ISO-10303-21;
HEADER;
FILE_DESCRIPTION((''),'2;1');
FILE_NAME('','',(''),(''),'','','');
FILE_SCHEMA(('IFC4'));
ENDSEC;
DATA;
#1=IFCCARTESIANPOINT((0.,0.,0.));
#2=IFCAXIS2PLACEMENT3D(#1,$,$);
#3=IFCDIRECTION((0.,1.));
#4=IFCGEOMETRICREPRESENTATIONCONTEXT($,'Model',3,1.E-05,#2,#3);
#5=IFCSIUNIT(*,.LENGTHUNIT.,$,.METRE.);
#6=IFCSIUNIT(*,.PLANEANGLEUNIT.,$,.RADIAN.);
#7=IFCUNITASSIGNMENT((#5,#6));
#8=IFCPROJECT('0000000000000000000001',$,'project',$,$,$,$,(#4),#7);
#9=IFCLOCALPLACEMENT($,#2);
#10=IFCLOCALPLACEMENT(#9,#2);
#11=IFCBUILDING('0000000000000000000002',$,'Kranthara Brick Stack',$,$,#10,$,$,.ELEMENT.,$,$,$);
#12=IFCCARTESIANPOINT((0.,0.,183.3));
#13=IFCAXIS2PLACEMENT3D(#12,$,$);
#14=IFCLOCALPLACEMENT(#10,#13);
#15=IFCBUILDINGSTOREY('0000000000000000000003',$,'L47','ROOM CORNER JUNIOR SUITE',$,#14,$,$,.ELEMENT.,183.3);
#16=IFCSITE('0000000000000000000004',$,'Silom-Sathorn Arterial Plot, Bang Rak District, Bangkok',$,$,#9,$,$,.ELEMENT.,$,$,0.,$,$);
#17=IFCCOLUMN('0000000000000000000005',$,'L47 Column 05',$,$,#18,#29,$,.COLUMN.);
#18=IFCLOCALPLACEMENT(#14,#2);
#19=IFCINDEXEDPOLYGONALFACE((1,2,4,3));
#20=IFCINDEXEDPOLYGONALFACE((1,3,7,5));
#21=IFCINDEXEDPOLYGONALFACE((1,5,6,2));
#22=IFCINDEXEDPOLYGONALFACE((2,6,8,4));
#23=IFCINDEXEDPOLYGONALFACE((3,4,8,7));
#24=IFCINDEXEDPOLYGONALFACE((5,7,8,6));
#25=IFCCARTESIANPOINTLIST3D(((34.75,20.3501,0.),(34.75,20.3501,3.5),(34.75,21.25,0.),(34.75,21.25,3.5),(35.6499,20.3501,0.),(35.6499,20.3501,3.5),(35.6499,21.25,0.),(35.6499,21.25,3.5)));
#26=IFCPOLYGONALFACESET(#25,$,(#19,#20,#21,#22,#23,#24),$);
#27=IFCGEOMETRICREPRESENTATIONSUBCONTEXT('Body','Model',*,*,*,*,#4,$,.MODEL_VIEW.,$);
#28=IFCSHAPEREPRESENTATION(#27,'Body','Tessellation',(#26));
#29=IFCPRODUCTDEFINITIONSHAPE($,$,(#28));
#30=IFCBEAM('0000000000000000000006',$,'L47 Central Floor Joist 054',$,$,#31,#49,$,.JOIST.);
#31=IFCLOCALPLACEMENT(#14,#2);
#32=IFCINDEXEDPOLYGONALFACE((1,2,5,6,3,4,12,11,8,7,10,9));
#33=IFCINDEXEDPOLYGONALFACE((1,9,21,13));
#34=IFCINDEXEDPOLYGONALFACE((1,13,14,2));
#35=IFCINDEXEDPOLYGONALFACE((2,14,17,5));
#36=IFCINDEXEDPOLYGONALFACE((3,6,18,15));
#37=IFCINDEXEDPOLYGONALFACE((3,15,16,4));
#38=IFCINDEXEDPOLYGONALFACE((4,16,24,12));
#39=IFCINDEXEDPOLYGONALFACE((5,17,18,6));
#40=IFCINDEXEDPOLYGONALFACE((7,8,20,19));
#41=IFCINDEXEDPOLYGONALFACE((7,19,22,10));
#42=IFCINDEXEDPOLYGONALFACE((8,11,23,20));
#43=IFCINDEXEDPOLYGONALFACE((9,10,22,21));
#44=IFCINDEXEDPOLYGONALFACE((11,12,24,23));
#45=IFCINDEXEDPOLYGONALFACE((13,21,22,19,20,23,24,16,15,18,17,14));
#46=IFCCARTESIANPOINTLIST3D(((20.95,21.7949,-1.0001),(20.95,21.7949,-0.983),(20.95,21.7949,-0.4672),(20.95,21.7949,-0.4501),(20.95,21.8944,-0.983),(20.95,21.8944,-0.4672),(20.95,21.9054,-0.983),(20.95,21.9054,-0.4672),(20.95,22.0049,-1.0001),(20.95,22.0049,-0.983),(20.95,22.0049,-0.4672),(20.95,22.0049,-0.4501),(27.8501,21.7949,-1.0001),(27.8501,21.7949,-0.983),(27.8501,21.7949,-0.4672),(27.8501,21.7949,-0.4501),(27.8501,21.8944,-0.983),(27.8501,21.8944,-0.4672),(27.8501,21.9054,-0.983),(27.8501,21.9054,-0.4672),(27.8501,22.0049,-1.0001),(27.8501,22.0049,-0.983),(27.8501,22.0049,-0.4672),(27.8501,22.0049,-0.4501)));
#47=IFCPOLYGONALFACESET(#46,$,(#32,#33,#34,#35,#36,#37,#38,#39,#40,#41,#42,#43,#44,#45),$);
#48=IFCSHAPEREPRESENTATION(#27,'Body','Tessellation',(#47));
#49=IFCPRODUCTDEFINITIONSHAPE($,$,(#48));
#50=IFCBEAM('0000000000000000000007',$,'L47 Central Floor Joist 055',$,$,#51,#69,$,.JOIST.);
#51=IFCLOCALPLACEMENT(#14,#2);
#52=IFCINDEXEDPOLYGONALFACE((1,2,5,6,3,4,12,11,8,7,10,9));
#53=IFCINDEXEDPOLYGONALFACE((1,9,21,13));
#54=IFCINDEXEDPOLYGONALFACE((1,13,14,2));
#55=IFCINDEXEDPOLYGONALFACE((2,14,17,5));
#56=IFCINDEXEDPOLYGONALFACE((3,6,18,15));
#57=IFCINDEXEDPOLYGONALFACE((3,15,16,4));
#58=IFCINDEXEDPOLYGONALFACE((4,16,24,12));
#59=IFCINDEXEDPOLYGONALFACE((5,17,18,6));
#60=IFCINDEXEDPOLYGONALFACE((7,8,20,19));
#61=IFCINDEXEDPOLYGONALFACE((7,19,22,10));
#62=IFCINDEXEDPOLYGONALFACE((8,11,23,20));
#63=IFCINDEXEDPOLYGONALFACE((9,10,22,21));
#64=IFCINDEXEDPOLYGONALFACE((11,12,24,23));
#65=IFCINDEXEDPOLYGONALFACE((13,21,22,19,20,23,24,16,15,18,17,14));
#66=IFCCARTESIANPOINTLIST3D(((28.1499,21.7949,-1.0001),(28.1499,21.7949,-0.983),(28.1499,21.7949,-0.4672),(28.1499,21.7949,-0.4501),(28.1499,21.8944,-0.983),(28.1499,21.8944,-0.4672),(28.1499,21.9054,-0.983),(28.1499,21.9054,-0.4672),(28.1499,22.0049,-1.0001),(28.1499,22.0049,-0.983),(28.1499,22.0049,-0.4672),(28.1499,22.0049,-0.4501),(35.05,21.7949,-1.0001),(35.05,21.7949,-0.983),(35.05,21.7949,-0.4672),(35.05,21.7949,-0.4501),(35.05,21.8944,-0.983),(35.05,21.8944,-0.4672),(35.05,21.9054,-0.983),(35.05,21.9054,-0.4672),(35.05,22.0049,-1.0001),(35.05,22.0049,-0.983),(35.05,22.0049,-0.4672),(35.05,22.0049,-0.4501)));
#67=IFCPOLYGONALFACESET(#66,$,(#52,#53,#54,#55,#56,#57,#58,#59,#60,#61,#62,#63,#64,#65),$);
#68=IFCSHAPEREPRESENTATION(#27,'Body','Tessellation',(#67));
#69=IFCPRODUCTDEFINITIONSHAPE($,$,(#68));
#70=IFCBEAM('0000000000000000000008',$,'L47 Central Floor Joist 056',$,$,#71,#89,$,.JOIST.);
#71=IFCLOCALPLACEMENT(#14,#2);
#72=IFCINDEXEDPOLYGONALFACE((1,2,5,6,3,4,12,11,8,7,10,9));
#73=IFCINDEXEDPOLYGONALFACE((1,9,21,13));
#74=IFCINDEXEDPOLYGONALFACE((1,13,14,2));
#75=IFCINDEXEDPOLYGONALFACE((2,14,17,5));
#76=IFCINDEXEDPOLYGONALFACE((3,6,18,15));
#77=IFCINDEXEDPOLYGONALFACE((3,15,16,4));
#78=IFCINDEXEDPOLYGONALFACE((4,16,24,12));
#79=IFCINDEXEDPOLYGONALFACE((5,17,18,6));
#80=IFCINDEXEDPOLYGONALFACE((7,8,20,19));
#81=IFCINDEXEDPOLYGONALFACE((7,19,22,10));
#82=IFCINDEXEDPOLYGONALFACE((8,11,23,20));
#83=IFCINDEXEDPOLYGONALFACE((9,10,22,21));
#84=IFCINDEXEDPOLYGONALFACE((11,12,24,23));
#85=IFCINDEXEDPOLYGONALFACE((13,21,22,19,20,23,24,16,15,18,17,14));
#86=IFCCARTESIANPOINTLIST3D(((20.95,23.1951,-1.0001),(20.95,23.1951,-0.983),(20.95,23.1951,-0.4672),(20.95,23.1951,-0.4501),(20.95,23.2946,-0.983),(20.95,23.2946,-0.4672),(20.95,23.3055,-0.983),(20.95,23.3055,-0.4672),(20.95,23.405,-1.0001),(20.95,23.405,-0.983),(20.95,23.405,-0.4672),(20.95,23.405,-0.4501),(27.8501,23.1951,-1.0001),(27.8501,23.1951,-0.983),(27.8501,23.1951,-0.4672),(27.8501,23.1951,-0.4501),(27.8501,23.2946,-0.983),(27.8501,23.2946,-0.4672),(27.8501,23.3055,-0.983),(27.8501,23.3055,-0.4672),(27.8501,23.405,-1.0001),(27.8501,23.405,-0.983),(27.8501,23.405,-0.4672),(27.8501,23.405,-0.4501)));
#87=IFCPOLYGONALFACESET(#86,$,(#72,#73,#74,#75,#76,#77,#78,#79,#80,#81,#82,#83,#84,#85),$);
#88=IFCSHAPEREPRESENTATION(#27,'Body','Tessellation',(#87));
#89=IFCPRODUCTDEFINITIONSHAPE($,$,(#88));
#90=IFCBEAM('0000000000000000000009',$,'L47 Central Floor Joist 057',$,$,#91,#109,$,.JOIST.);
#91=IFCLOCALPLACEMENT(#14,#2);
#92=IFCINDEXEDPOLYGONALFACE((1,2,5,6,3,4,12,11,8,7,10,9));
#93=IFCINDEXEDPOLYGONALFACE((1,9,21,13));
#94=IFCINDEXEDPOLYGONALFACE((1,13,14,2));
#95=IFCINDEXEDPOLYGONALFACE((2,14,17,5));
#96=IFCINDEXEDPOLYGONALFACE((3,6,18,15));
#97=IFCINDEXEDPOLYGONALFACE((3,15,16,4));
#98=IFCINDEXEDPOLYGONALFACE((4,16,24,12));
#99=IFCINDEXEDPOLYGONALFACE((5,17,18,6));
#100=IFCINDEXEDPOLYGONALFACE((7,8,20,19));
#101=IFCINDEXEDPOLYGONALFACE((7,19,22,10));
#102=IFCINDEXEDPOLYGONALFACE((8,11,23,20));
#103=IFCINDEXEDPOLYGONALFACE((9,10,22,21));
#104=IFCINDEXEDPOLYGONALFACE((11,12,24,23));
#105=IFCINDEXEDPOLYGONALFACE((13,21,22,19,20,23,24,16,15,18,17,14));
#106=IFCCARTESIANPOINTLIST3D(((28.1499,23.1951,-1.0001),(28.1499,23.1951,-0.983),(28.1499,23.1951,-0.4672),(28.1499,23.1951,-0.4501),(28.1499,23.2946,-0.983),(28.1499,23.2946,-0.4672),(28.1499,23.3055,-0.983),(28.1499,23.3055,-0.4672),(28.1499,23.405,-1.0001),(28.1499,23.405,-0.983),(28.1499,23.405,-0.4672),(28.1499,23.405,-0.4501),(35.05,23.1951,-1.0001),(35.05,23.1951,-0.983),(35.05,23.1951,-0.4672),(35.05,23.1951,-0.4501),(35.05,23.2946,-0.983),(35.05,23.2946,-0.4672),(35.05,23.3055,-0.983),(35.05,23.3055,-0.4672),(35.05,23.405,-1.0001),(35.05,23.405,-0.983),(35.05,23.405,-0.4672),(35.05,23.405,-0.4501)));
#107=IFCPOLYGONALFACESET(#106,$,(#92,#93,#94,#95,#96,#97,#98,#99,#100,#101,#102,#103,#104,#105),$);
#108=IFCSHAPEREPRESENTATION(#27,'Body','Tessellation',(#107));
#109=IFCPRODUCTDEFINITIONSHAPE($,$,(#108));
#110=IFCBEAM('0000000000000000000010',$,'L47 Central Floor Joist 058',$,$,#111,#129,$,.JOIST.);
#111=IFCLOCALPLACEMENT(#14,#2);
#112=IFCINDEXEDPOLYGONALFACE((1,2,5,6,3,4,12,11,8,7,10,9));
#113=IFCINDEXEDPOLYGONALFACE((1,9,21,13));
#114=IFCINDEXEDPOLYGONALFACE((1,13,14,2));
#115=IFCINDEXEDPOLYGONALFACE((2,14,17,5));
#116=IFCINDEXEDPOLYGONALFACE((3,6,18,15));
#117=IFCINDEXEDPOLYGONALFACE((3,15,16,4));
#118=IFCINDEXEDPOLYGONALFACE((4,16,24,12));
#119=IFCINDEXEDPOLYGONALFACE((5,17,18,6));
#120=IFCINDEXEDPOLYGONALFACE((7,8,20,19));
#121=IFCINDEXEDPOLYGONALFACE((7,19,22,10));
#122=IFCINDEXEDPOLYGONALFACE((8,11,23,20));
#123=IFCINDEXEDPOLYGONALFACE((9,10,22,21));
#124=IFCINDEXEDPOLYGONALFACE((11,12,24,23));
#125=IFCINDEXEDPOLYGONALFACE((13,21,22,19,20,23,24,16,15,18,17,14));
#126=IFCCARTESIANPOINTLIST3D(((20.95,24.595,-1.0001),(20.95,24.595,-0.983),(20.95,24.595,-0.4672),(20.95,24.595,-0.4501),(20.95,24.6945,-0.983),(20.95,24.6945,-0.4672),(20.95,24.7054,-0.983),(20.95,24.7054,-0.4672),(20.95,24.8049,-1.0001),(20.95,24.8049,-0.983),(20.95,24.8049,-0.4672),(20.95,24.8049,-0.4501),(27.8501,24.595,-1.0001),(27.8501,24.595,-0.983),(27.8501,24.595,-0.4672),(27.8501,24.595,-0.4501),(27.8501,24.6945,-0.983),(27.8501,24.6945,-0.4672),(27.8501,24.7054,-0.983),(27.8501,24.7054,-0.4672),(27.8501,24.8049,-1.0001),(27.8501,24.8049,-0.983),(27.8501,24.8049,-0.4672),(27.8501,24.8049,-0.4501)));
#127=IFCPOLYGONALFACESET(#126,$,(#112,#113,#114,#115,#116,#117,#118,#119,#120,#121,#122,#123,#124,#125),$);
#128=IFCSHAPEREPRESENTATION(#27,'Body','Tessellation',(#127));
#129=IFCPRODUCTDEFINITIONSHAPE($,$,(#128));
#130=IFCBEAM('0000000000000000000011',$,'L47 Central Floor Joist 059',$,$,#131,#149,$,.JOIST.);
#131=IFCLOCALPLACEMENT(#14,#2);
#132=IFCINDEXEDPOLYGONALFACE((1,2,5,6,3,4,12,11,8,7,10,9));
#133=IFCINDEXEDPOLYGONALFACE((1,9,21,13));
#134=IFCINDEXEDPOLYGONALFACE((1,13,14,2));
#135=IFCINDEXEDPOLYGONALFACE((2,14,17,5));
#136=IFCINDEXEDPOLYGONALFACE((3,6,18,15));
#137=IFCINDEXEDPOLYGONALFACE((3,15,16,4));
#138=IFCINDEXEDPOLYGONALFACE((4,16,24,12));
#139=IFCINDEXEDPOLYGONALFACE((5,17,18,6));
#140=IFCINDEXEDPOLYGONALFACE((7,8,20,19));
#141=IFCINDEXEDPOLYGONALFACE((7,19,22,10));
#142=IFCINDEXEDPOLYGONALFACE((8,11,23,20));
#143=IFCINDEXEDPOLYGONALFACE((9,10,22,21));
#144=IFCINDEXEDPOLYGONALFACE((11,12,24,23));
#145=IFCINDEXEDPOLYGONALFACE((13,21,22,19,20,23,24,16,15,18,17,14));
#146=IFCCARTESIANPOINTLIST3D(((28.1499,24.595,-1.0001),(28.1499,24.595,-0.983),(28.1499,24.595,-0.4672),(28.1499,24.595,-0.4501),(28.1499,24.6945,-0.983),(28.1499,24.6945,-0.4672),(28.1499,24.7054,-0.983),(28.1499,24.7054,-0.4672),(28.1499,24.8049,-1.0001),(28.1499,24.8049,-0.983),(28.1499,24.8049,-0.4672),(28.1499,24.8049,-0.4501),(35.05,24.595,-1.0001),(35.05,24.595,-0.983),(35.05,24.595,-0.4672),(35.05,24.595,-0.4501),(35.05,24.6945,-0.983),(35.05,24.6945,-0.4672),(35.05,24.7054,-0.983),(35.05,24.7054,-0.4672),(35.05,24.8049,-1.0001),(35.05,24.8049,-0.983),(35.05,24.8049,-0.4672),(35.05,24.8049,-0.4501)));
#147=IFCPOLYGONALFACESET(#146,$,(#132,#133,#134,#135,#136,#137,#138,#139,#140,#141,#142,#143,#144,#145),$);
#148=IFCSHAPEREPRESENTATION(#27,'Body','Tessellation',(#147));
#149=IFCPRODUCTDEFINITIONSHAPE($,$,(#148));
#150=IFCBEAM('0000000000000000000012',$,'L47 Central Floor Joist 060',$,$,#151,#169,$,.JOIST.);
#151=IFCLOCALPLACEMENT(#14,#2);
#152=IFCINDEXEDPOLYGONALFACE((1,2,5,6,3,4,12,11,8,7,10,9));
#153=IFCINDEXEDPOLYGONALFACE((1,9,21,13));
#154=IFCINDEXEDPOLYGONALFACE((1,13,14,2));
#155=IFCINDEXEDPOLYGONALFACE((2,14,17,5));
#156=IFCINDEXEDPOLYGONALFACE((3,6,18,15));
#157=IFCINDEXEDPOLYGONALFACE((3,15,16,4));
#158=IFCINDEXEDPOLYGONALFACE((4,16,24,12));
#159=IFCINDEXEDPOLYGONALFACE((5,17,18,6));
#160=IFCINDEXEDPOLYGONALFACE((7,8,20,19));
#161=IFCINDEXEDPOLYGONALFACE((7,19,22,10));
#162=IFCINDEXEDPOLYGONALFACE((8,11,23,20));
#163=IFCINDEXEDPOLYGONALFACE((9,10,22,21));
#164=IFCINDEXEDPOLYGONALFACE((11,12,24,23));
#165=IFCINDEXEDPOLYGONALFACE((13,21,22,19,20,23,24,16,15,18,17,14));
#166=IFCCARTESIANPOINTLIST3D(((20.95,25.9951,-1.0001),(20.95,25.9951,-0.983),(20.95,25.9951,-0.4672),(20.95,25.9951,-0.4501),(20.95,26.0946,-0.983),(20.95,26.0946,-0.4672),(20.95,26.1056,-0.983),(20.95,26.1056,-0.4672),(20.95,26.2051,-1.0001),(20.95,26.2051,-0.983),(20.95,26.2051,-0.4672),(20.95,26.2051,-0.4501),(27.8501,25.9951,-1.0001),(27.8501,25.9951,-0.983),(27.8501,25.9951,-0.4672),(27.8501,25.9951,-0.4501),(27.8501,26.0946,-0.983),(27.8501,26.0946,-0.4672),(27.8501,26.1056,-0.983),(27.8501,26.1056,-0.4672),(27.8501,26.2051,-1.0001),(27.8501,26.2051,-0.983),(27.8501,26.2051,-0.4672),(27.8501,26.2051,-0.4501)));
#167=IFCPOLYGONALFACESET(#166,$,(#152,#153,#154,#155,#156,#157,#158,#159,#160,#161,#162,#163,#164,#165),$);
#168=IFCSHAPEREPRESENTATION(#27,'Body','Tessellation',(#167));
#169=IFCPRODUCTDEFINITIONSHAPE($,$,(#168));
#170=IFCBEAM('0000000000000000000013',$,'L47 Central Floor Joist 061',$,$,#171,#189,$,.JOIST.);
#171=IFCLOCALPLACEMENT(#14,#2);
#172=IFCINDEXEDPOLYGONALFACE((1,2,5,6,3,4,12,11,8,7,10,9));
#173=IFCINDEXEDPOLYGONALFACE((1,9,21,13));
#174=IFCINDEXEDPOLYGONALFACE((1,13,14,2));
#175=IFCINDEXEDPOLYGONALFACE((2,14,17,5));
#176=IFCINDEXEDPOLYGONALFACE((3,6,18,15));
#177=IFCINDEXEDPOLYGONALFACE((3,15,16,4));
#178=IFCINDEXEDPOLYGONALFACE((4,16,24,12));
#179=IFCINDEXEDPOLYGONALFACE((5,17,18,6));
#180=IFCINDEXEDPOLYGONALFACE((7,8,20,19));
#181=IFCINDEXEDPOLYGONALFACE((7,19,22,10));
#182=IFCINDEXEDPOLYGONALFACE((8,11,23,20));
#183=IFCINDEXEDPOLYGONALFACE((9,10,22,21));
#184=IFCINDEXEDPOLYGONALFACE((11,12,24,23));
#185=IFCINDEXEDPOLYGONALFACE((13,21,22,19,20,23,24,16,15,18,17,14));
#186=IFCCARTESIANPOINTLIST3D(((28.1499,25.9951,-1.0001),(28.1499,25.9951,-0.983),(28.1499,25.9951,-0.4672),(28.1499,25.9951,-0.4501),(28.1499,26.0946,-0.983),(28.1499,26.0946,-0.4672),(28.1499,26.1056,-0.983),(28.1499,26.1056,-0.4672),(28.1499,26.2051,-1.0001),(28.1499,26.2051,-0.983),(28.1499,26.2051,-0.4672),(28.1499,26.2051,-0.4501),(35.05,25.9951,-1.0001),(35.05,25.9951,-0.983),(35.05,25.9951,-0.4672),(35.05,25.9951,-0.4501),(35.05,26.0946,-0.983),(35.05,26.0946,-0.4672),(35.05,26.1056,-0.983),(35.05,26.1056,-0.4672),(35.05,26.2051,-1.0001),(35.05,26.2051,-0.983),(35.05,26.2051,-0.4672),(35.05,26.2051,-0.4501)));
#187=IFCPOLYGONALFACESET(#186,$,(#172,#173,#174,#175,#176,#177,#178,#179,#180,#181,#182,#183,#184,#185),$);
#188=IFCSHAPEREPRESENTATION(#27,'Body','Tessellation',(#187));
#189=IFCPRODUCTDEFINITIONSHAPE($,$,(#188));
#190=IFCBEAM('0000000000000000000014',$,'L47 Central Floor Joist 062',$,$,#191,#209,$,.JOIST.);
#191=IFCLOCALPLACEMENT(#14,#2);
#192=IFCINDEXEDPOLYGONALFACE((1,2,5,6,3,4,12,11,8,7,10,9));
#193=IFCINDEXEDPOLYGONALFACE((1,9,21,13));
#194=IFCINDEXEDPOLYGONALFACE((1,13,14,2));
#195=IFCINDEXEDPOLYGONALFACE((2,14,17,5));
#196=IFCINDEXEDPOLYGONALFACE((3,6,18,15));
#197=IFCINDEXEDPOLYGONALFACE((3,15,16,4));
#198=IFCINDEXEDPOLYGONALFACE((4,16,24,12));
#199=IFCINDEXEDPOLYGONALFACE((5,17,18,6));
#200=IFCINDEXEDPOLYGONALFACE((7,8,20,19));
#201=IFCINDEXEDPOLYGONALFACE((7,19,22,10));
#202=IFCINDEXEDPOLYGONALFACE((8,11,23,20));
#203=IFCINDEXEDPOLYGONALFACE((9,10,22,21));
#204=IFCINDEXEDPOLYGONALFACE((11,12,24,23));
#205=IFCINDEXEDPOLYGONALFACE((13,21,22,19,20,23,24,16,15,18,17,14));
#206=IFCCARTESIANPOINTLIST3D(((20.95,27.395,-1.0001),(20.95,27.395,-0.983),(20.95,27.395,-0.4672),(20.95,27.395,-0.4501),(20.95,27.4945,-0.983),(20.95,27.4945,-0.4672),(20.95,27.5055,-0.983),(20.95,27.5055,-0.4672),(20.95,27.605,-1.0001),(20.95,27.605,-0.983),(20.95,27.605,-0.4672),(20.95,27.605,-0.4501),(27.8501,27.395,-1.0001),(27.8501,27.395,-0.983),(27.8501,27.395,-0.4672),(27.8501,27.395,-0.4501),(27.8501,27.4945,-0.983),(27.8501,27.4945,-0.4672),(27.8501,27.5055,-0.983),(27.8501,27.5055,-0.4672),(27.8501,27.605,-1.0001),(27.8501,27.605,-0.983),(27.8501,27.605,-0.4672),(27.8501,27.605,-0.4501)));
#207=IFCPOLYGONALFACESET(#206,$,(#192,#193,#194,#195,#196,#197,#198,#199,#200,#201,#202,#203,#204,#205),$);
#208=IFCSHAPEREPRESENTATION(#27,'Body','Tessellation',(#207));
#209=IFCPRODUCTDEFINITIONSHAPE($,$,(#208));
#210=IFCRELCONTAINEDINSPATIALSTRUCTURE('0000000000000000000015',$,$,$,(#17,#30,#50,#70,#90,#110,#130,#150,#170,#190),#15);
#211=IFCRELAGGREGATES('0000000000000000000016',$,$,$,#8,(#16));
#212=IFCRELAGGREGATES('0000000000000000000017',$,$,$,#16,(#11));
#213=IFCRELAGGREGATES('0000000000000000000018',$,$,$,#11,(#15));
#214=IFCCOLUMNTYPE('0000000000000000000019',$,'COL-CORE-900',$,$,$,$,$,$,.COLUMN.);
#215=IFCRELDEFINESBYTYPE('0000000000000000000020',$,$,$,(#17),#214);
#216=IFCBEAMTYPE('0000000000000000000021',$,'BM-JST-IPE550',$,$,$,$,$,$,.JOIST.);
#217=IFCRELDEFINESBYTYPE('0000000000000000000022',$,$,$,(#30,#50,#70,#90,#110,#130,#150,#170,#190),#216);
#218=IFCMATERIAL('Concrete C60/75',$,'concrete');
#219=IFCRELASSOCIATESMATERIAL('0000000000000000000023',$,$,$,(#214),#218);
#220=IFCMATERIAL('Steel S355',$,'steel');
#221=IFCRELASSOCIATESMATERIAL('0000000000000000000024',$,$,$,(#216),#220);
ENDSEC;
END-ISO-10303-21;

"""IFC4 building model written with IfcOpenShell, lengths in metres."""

from ifc_helpers import new_model, si_unit, direction, frame, origin, origin_2d, place, context, subcontext, project, spatial, rectangle, i_section, extrude, material, material_profile, profile_set, type_object, element, save


model = new_model("IFC4")

# Units and contexts
model_context = context("Model", 3, precision=1e-05, world=origin(), true_north=direction((0.0, 1.0)))
body_context = subcontext(model_context, "Body", "Model", "MODEL_VIEW")
ifc_project = project(units=[si_unit("LENGTHUNIT", "METRE"), si_unit("PLANEANGLEUNIT", "RADIAN")], contexts=[model_context])

# Site, building, storey
site_placement = place(None, origin())
site = spatial("IfcSite", under=ifc_project, at=site_placement, Name="Silom-Sathorn Arterial Plot, Bang Rak District, Bangkok", CompositionType="ELEMENT", RefElevation=0.0)
building_placement = place(site_placement, origin())
building = spatial("IfcBuilding", under=site, at=building_placement, Name="Kranthara Brick Stack", CompositionType="ELEMENT")
storey_placement = place(building_placement, frame((0.0, 0.0, 183.3)))
storey = spatial("IfcBuildingStorey", under=building, at=storey_placement, Name="L47", Description="ROOM CORNER JUNIOR SUITE", CompositionType="ELEMENT", Elevation=183.3)

# Column
ifc_material_1 = material(Name="Concrete C60/75", Category="concrete")
ifc_material_profile_1 = material_profile(ifc_material_1, rectangle(XDim=0.8999, YDim=0.8999, at=origin_2d()), Name="RC 900x900")
ifc_profile_set_1 = profile_set([ifc_material_profile_1], Name="Concrete C60/75")
column_type = type_object("IfcColumnType", Name="COL-CORE-900", PredefinedType="COLUMN", material=ifc_profile_set_1)
column_placement = place(storey_placement, frame((35.2, 20.8, 0.0), z_axis=(0.0, 0.0, 1.0), x_axis=(1.0, 0.0, 0.0)))
element("IfcColumn", 1, at=column_placement, inside=storey, type_object=column_type, Name="L47 Column 05", PredefinedType="COLUMN", context=body_context, shape_type="SweptSolid", body=[
    extrude(rectangle(XDim=0.8999, YDim=0.8999, at=origin_2d()), origin(), (0.0, 0.0, 1.0), 3.5),
])

# Beams
ifc_material_2 = material(Name="Steel S355", Category="steel")
ifc_material_profile_2 = material_profile(ifc_material_2, i_section(OverallWidth=0.21, OverallDepth=0.55, WebThickness=0.011, FlangeThickness=0.0171, at=origin_2d()), Name="IPE 550")
ifc_profile_set_2 = profile_set([ifc_material_profile_2], Name="Steel S355")
beam_type_1 = type_object("IfcBeamType", Name="BM-JST-IPE550", PredefinedType="JOIST", material=ifc_profile_set_2)
for number, where, z_axis, x_axis, name in (
    (2, (20.95, 21.8999, -0.7251), (1.0, 0.0, 0.0), (0.0, 1.0, 0.0), "L47 Central Floor Joist 054"),
    (3, (28.1499, 21.8999, -0.7251), (1.0, 0.0, 0.0), (0.0, 1.0, 0.0), "L47 Central Floor Joist 055"),
    (4, (20.95, 23.3, -0.7251), (1.0, 0.0, 0.0), (0.0, 1.0, 0.0), "L47 Central Floor Joist 056"),
    (5, (28.1499, 23.3, -0.7251), (1.0, 0.0, 0.0), (0.0, 1.0, 0.0), "L47 Central Floor Joist 057"),
    (6, (20.95, 24.7, -0.7251), (1.0, 0.0, 0.0), (0.0, 1.0, 0.0), "L47 Central Floor Joist 058"),
    (7, (28.1499, 24.7, -0.7251), (1.0, 0.0, 0.0), (0.0, 1.0, 0.0), "L47 Central Floor Joist 059"),
    (8, (20.95, 26.1001, -0.7251), (1.0, 0.0, 0.0), (0.0, 1.0, 0.0), "L47 Central Floor Joist 060"),
    (9, (28.1499, 26.1001, -0.7251), (1.0, 0.0, 0.0), (0.0, 1.0, 0.0), "L47 Central Floor Joist 061"),
    (10, (20.95, 27.5, -0.7251), (1.0, 0.0, 0.0), (0.0, 1.0, 0.0), "L47 Central Floor Joist 062"),
):
    element("IfcBeam", number, at=place(storey_placement, frame(where, z_axis=z_axis, x_axis=x_axis)), inside=storey, type_object=beam_type_1, Name=name, PredefinedType="JOIST", context=body_context, shape_type="SweptSolid", body=[
        extrude(i_section(OverallWidth=0.21, OverallDepth=0.55, WebThickness=0.011, FlangeThickness=0.0171, at=origin_2d()), origin(), (0.0, 0.0, 1.0), 6.9001),
    ])

save(model, "model.ifc")
